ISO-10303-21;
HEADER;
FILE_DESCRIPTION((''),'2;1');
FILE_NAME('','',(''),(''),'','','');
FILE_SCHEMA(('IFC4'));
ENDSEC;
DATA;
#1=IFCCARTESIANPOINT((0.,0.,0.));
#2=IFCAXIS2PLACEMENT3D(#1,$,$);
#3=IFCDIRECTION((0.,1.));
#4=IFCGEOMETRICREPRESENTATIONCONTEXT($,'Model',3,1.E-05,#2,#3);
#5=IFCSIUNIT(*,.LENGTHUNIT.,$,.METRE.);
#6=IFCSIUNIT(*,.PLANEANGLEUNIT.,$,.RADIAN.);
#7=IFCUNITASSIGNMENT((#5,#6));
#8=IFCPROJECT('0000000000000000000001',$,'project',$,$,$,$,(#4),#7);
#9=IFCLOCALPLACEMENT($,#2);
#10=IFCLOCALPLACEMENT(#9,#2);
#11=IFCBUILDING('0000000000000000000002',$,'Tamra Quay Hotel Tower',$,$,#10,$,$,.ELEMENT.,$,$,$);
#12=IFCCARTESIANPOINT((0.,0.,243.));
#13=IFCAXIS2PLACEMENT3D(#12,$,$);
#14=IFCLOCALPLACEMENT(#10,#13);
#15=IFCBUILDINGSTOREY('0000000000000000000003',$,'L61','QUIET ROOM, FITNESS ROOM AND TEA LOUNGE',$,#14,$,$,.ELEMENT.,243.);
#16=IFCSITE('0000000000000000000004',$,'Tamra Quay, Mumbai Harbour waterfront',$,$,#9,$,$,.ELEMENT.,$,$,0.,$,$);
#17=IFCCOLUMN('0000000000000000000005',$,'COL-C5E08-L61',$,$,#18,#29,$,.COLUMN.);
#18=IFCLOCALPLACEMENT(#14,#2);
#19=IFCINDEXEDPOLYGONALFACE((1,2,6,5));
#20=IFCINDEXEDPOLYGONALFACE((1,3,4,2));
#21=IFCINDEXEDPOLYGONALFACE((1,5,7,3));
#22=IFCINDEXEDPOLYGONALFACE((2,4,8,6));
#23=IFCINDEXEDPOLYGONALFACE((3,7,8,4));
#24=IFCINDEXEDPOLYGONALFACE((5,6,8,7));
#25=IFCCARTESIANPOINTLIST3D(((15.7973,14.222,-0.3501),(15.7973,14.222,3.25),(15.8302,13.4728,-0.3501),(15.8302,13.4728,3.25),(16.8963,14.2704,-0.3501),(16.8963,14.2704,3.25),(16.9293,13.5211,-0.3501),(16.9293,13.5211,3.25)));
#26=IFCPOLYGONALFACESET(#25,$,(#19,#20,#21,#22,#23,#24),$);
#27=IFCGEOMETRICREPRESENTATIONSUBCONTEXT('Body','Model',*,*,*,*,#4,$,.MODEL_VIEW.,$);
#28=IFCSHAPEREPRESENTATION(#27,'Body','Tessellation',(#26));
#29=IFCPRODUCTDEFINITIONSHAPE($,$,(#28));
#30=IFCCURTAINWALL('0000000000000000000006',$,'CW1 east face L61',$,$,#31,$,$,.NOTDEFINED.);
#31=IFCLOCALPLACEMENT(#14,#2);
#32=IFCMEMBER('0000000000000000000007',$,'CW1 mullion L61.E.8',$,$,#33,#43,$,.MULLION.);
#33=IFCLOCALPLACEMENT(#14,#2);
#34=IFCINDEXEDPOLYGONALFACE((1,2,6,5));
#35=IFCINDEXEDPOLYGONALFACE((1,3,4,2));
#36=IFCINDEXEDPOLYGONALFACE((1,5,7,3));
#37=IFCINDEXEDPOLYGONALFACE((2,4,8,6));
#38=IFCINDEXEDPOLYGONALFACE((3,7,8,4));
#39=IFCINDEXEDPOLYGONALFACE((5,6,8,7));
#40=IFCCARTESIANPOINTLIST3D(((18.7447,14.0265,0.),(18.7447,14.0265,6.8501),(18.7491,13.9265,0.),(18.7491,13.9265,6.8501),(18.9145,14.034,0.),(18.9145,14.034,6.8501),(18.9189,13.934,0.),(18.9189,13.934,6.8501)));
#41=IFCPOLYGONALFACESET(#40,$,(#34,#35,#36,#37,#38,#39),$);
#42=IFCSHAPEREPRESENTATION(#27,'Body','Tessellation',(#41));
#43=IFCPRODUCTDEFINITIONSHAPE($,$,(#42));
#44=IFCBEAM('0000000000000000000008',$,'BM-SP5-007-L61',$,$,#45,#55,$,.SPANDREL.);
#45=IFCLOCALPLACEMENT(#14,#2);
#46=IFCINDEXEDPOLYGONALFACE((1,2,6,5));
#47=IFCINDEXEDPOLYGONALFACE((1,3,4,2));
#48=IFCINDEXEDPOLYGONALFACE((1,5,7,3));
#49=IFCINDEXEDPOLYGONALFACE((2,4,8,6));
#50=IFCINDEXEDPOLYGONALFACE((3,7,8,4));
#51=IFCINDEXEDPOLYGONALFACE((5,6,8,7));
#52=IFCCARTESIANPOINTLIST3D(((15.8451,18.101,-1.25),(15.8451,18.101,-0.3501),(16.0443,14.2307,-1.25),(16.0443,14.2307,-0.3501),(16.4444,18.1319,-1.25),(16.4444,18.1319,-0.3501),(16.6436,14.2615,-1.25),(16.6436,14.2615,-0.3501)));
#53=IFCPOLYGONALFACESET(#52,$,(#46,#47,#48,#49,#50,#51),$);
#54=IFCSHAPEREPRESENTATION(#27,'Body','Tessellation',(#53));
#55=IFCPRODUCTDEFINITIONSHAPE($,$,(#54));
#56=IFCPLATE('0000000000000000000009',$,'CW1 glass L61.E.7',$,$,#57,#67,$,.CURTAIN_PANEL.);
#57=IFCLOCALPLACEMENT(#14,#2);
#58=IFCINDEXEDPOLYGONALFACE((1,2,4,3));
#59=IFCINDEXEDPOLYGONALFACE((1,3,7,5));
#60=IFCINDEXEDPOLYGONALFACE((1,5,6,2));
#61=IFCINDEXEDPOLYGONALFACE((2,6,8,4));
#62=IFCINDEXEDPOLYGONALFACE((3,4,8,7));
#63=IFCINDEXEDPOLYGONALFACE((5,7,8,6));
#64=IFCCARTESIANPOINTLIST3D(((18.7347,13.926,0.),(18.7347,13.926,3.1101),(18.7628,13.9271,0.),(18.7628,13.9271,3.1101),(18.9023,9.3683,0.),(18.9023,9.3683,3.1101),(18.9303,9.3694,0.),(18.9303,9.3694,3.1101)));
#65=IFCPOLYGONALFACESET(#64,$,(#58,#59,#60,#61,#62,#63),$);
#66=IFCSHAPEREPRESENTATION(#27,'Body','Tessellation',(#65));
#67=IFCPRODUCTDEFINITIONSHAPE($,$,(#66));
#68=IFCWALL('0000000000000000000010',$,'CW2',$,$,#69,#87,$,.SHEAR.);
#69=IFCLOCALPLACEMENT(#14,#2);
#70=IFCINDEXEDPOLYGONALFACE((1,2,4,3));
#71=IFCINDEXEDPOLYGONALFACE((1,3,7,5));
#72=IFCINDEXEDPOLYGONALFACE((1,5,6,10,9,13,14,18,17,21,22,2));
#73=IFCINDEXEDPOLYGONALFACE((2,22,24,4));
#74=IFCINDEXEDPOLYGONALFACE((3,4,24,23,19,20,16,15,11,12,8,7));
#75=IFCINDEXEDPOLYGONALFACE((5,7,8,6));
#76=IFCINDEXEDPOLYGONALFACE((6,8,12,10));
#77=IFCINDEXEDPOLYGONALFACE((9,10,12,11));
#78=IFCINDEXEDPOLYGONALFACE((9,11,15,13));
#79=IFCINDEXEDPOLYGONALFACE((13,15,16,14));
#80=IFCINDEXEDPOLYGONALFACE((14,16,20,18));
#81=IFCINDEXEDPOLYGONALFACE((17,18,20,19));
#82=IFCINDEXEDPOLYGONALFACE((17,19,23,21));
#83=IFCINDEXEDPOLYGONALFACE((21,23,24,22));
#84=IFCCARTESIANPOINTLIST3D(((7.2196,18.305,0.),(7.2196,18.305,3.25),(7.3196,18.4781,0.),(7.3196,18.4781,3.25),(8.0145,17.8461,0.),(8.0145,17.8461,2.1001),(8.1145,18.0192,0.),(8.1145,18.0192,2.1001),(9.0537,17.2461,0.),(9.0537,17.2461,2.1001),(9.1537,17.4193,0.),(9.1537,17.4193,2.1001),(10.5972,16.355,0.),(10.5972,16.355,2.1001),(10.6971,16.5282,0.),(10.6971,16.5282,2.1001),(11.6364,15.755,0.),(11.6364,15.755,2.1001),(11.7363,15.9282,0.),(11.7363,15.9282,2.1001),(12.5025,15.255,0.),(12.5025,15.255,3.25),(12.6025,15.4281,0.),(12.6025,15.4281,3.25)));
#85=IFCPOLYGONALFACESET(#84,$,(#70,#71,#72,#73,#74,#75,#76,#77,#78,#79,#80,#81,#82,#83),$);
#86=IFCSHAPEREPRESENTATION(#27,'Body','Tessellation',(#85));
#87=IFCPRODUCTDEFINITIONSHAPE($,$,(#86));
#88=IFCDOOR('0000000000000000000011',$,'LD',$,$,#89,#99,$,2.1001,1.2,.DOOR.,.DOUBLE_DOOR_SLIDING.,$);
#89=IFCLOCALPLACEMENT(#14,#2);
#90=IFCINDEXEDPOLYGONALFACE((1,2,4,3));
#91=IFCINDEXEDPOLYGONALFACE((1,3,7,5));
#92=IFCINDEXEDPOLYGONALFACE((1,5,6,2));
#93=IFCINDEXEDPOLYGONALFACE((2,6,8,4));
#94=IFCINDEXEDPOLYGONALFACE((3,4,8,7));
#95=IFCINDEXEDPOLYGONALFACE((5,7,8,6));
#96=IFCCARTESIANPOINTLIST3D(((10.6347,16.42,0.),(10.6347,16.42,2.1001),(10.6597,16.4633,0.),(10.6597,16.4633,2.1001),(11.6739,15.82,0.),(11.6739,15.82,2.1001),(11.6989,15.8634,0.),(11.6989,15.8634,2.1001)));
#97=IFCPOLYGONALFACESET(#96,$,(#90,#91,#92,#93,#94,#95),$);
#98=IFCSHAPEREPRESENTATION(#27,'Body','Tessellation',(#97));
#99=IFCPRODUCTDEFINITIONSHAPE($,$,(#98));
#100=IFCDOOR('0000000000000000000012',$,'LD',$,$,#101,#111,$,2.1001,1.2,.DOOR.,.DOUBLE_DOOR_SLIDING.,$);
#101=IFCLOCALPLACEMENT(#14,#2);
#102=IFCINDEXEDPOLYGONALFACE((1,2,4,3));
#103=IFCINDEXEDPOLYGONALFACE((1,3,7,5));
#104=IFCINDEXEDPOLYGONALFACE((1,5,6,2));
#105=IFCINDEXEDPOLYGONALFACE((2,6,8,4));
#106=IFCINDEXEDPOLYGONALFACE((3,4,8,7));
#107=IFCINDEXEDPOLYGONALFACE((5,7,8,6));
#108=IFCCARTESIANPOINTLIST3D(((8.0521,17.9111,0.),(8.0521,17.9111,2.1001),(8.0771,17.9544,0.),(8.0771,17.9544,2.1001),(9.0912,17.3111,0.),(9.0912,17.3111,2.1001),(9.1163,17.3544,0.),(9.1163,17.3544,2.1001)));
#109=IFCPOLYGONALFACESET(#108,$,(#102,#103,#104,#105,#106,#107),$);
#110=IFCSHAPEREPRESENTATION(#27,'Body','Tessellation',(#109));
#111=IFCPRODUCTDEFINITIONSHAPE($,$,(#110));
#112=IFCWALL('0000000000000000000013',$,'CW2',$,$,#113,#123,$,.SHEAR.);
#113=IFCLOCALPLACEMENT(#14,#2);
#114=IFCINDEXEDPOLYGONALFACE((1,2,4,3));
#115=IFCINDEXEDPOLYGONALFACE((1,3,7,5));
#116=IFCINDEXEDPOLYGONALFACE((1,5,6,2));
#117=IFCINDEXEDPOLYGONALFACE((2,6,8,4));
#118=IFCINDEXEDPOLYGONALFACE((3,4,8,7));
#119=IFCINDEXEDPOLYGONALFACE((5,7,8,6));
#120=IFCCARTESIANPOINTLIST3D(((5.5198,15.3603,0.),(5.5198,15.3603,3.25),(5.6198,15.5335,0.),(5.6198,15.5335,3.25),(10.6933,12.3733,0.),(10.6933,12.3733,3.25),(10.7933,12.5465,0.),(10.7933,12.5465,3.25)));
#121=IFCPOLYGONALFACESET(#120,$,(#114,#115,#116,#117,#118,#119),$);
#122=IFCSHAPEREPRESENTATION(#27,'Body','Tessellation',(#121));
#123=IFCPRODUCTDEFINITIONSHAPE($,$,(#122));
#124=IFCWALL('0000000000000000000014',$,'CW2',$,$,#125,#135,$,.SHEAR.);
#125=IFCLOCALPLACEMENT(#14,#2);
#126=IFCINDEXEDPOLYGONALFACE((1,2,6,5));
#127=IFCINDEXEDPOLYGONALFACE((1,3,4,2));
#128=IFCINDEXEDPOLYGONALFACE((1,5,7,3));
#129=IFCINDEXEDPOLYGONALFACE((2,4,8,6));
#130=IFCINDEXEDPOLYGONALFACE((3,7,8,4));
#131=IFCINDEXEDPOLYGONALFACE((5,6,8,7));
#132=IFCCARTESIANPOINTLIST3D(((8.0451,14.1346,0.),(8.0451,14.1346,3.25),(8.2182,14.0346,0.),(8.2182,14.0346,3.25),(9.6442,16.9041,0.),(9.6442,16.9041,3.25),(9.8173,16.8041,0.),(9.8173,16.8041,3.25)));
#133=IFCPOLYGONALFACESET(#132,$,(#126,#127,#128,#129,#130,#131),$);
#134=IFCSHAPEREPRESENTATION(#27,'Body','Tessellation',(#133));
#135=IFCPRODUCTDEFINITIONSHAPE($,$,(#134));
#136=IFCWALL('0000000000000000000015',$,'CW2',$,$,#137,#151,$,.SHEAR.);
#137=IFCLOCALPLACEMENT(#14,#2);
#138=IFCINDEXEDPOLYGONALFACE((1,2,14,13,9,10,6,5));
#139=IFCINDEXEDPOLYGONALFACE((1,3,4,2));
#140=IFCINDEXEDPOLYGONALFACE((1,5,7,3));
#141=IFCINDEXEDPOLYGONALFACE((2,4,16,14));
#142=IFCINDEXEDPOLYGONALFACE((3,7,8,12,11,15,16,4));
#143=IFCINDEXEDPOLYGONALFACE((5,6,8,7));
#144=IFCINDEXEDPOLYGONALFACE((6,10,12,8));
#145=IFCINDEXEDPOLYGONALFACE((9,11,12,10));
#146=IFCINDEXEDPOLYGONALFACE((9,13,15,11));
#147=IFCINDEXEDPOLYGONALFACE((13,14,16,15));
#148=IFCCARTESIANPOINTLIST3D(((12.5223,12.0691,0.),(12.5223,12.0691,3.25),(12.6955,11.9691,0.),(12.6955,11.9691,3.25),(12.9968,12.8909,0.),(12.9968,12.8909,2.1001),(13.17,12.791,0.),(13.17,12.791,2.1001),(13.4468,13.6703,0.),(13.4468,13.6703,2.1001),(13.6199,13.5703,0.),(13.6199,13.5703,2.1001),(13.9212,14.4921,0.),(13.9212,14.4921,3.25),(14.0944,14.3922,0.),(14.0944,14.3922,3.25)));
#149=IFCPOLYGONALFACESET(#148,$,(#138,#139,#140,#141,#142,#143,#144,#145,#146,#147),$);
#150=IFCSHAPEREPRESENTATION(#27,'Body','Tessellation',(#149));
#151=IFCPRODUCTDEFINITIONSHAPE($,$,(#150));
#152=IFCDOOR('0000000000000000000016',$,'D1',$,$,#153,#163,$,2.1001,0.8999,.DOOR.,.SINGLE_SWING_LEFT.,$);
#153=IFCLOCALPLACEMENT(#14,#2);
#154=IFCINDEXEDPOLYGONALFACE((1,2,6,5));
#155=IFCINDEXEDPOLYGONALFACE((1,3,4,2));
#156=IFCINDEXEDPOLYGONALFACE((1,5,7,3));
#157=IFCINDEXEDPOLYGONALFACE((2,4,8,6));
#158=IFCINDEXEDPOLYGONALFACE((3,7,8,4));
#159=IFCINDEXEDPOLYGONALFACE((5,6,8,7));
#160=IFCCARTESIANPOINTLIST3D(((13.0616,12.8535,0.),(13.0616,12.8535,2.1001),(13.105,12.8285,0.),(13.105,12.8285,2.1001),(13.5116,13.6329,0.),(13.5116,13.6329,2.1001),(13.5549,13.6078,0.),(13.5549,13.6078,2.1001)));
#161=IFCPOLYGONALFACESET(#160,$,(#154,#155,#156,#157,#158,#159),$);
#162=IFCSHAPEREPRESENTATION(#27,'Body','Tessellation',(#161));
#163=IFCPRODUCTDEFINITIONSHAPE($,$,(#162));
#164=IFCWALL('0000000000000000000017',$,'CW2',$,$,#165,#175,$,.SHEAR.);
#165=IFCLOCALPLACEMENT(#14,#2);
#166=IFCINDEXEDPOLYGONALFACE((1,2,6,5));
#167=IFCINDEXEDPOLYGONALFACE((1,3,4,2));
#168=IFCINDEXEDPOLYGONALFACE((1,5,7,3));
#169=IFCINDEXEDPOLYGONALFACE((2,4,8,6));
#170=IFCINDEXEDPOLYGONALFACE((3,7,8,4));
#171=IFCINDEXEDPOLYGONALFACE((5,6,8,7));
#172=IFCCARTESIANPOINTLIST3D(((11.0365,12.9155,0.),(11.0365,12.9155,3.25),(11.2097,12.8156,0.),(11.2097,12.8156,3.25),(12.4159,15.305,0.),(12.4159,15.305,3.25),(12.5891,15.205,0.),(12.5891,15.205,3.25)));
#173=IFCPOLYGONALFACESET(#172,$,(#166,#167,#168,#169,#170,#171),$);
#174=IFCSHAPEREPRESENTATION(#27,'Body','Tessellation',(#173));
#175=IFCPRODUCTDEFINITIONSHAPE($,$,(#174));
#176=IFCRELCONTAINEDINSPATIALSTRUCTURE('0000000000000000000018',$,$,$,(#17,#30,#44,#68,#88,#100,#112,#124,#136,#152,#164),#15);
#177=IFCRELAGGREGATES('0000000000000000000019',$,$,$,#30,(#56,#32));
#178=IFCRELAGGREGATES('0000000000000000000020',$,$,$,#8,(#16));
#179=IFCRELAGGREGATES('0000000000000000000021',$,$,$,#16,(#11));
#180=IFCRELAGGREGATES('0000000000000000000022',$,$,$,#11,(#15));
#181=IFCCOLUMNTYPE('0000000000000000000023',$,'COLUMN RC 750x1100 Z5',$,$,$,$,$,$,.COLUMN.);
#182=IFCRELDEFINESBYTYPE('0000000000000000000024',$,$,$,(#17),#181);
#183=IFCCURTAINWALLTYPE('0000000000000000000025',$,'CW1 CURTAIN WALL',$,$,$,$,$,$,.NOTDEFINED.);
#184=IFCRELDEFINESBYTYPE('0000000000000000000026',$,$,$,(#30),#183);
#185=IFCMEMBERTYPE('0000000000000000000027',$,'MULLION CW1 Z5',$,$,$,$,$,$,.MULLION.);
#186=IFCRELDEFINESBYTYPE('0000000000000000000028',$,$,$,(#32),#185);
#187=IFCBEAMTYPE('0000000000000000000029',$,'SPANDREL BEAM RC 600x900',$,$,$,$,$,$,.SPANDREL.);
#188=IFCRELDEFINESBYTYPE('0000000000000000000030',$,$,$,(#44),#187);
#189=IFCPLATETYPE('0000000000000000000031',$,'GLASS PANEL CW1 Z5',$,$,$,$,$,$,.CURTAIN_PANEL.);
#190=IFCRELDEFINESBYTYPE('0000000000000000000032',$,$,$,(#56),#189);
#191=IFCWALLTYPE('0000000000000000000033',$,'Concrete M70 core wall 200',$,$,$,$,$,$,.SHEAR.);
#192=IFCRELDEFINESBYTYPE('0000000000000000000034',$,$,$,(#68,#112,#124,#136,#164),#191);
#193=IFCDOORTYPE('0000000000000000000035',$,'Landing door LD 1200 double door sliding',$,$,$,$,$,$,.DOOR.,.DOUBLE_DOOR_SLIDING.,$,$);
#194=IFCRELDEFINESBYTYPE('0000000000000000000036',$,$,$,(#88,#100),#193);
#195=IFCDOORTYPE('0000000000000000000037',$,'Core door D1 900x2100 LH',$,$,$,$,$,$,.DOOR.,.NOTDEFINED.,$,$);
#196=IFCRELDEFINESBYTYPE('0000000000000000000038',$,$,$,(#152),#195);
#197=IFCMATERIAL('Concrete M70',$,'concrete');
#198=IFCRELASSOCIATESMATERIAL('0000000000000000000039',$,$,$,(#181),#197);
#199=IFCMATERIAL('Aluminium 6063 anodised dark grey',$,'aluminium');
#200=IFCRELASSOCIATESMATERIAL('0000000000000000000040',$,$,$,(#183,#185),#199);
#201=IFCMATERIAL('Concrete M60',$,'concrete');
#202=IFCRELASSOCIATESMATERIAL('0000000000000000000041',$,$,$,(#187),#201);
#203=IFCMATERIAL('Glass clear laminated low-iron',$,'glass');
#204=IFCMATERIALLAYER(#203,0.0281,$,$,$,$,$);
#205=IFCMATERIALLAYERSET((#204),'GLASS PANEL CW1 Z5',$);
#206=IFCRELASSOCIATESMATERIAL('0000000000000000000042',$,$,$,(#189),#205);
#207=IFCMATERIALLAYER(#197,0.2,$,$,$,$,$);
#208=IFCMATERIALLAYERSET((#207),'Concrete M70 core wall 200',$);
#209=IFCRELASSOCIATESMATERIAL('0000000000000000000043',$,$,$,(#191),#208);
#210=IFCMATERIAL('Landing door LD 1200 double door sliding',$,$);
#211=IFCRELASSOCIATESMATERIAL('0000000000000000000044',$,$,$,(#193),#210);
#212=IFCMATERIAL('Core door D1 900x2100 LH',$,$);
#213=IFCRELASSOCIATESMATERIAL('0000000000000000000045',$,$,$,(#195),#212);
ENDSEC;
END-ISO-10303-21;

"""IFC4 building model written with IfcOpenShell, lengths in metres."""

from ifc_helpers import new_model, si_unit, direction, frame, frame_2d, origin, origin_2d, place, context, subcontext, project, spatial, rectangle, extrude, material, layer, layer_set, material_profile, profile_set, type_object, element, fill, aggregate, save


model = new_model("IFC4")

# Units and contexts
model_context = context("Model", 3, precision=1e-05, world=origin(), true_north=direction((0.0, 1.0)))
body_context = subcontext(model_context, "Body", "Model", "MODEL_VIEW")
ifc_project = project(units=[si_unit("LENGTHUNIT", "METRE"), si_unit("PLANEANGLEUNIT", "RADIAN")], contexts=[model_context])

# Site, building, storey
site_placement = place(None, origin())
site = spatial("IfcSite", under=ifc_project, at=site_placement, Name="Tamra Quay, Mumbai Harbour waterfront", CompositionType="ELEMENT", RefElevation=0.0)
building_placement = place(site_placement, origin())
building = spatial("IfcBuilding", under=site, at=building_placement, Name="Tamra Quay Hotel Tower", CompositionType="ELEMENT")
storey_placement = place(building_placement, frame((0.0, 0.0, 243.0)))
storey = spatial("IfcBuildingStorey", under=building, at=storey_placement, Name="L61", Description="QUIET ROOM, FITNESS ROOM AND TEA LOUNGE", CompositionType="ELEMENT", Elevation=243.0)

# Column
ifc_material_1 = material(Name="Concrete M70", Category="concrete")
ifc_material_profile_1 = material_profile(ifc_material_1, rectangle(XDim=1.1001, YDim=0.75, at=origin_2d()), Name="COLUMN RC 750x1100 Z5")
ifc_profile_set_1 = profile_set([ifc_material_profile_1], Name="Concrete M70")
column_type = type_object("IfcColumnType", Name="COLUMN RC 750x1100 Z5", PredefinedType="COLUMN", material=ifc_profile_set_1)
column_placement = place(storey_placement, frame((16.3633, 13.8716, -0.3501), z_axis=(0.0, 0.0, 1.0), x_axis=(0.999033, 0.043958, 0.0)))
element("IfcColumn", 1, at=column_placement, inside=storey, type_object=column_type, Name="COL-C5E08-L61", PredefinedType="COLUMN", context=body_context, shape_type="SweptSolid", body=[
    extrude(rectangle(XDim=1.1001, YDim=0.75, at=origin_2d()), origin(), (0.0, 0.0, 1.0), 3.6001),
])

# Curtain wall, member
ifc_material_2 = material(Name="Aluminium 6063 anodised dark grey", Category="aluminium")
curtain_wall_type = type_object("IfcCurtainWallType", Name="CW1 CURTAIN WALL", PredefinedType="NOTDEFINED", material=ifc_material_2)
curtain_wall_placement = place(storey_placement, origin())
curtain_wall = element("IfcCurtainWall", 2, at=curtain_wall_placement, inside=storey, type_object=curtain_wall_type, Name="CW1 east face L61", PredefinedType="NOTDEFINED")
ifc_material_profile_2 = material_profile(ifc_material_2, rectangle(XDim=0.1699, YDim=0.1001, at=origin_2d()), Name="MULLION 100X170")
ifc_profile_set_2 = profile_set([ifc_material_profile_2], Name="Aluminium 6063 anodised dark grey")
member_type = type_object("IfcMemberType", Name="MULLION CW1 Z5", PredefinedType="MULLION", material=ifc_profile_set_2)
member_placement = place(storey_placement, frame((18.8318, 13.9802, 0.0), z_axis=(0.0, 0.0, 1.0), x_axis=(0.999028, 0.044075, 0.0)))
member = element("IfcMember", 3, at=member_placement, type_object=member_type, Name="CW1 mullion L61.E.8", PredefinedType="MULLION", context=body_context, shape_type="SweptSolid", body=[
    extrude(rectangle(XDim=0.1699, YDim=0.1001, at=origin_2d()), origin(), (0.0, 0.0, 1.0), 6.8501),
])

# Beam
ifc_material_3 = material(Name="Concrete M60", Category="concrete")
ifc_material_profile_3 = material_profile(ifc_material_3, rectangle(XDim=0.6001, YDim=0.8999, at=origin_2d()), Name="SPANDREL BEAM RC 600x900")
ifc_profile_set_3 = profile_set([ifc_material_profile_3], Name="Concrete M60")
beam_type = type_object("IfcBeamType", Name="SPANDREL BEAM RC 600x900", PredefinedType="SPANDREL", material=ifc_profile_set_3)
beam_placement = place(storey_placement, frame((16.344, 14.2461, -0.8), z_axis=(-0.051405, 0.998678, 0.0), x_axis=(-0.998678, -0.051405, 0.0)))
element("IfcBeam", 4, at=beam_placement, inside=storey, type_object=beam_type, Name="BM-SP5-007-L61", PredefinedType="SPANDREL", context=body_context, shape_type="SweptSolid", body=[
    extrude(rectangle(XDim=0.6001, YDim=0.8999, at=origin_2d()), origin(), (0.0, 0.0, 1.0), 3.8755),
])

# Plate
ifc_material_4 = material(Name="Glass clear laminated low-iron", Category="glass")
ifc_layer_1 = layer(ifc_material_4, 0.0281)
ifc_layer_set_1 = layer_set([ifc_layer_1], Name="GLASS PANEL CW1 Z5")
plate_type = type_object("IfcPlateType", Name="GLASS PANEL CW1 Z5", PredefinedType="CURTAIN_PANEL", material=ifc_layer_set_1)
plate_placement = place(storey_placement, frame((18.8325, 11.6477, 0.0), z_axis=(0.0, 0.0, 1.0), x_axis=(-0.036744, 0.999325, 0.0)))
plate = element("IfcPlate", 5, at=plate_placement, type_object=plate_type, Name="CW1 glass L61.E.7", PredefinedType="CURTAIN_PANEL", context=body_context, shape_type="SweptSolid", body=[
    extrude(rectangle(XDim=4.5608, YDim=0.0281, at=origin_2d()), origin(), (0.0, 0.0, 1.0), 3.1101),
])
aggregate(curtain_wall, [plate, member])

# Wall, openings, doors
ifc_layer_2 = layer(ifc_material_1, 0.2)
ifc_layer_set_2 = layer_set([ifc_layer_2], Name="Concrete M70 core wall 200")
wall_type_1 = type_object("IfcWallType", Name="Concrete M70 core wall 200", PredefinedType="SHEAR", material=ifc_layer_set_2)
wall_1_placement = place(storey_placement, frame((12.5525, 15.3416, 0.0), z_axis=(0.0, 0.0, 1.0), x_axis=(-0.86603, 0.499992, 0.0)))
wall_1 = element("IfcWall", 6, at=wall_1_placement, inside=storey, type_object=wall_type_1, Name="CW2", PredefinedType="SHEAR", context=body_context, shape_type="SweptSolid", body=[
    extrude(rectangle(XDim=6.1001, YDim=0.2, at=frame_2d((3.05, 0.0))), origin(), (0.0, 0.0, 1.0), 3.25),
])
opening_1_placement = place(wall_1_placement, frame((1.0, 0.0, 0.0)))
opening_1 = element("IfcOpeningElement", 7, at=opening_1_placement, cuts=wall_1, PredefinedType="OPENING", context=body_context, shape_type="SweptSolid", body=[
    extrude(rectangle(XDim=1.2, YDim=2.1001, at=frame_2d((0.6001, 1.05))), frame((0.0, 0.1099, 0.0), z_axis=(0.0, -1.0, 0.0), x_axis=(1.0, 0.0, 0.0)), (0.0, 0.0, 1.0), 0.22),
])
opening_2_placement = place(wall_1_placement, frame((3.9822, 0.0, 0.0)))
opening_2 = element("IfcOpeningElement", 8, at=opening_2_placement, cuts=wall_1, PredefinedType="OPENING", context=body_context, shape_type="SweptSolid", body=[
    extrude(rectangle(XDim=1.2, YDim=2.1001, at=frame_2d((0.6001, 1.05))), frame((0.0, 0.1099, 0.0), z_axis=(0.0, -1.0, 0.0), x_axis=(1.0, 0.0, 0.0)), (0.0, 0.0, 1.0), 0.22),
])
ifc_material_5 = material(Name="Landing door LD 1200 double door sliding")
door_type_1 = type_object("IfcDoorType", Name="Landing door LD 1200 double door sliding", OperationType="DOUBLE_DOOR_SLIDING", PredefinedType="DOOR", material=ifc_material_5)
door_1_placement = place(opening_1_placement, origin())
door_1 = element("IfcDoor", 9, at=door_1_placement, inside=storey, type_object=door_type_1, Name="LD", OperationType="DOUBLE_DOOR_SLIDING", OverallHeight=2.1001, OverallWidth=1.2, PredefinedType="DOOR", context=body_context, shape_type="SweptSolid", body=[
    extrude(rectangle(XDim=1.2, YDim=2.1001, at=frame_2d((0.6001, 1.05))), frame((0.0, 0.0249, 0.0), z_axis=(0.0, -1.0, 0.0), x_axis=(1.0, 0.0, 0.0)), (0.0, 0.0, 1.0), 0.05),
])
fill(opening_1, door_1)
door_2_placement = place(opening_2_placement, origin())
door_2 = element("IfcDoor", 10, at=door_2_placement, inside=storey, type_object=door_type_1, Name="LD", OperationType="DOUBLE_DOOR_SLIDING", OverallHeight=2.1001, OverallWidth=1.2, PredefinedType="DOOR", context=body_context, shape_type="SweptSolid", body=[
    extrude(rectangle(XDim=1.2, YDim=2.1001, at=frame_2d((0.6001, 1.05))), frame((0.0, 0.0249, 0.0), z_axis=(0.0, -1.0, 0.0), x_axis=(1.0, 0.0, 0.0)), (0.0, 0.0, 1.0), 0.05),
])
fill(opening_2, door_2)

# Walls
wall_2_placement = place(storey_placement, frame((10.7432, 12.46, 0.0), z_axis=(0.0, 0.0, 1.0), x_axis=(-0.866019, 0.500011, 0.0)))
element("IfcWall", 11, at=wall_2_placement, inside=storey, type_object=wall_type_1, Name="CW2", PredefinedType="SHEAR", context=body_context, shape_type="SweptSolid", body=[
    extrude(rectangle(XDim=5.9739, YDim=0.2, at=frame_2d((2.9868, 0.0))), origin(), (0.0, 0.0, 1.0), 3.25),
])
wall_3_placement = place(storey_placement, frame((8.1316, 14.0845, 0.0), z_axis=(0.0, 0.0, 1.0), x_axis=(0.500031, 0.866008, 0.0)))
element("IfcWall", 12, at=wall_3_placement, inside=storey, type_object=wall_type_1, Name="CW2", PredefinedType="SHEAR", context=body_context, shape_type="SweptSolid", body=[
    extrude(rectangle(XDim=3.198, YDim=0.2, at=frame_2d((1.5991, 0.0))), origin(), (0.0, 0.0, 1.0), 3.25),
])

# Wall, opening, door
wall_4_placement = place(storey_placement, frame((14.0078, 14.4421, 0.0), z_axis=(0.0, 0.0, 1.0), x_axis=(-0.499987, -0.866033, 0.0)))
wall_4 = element("IfcWall", 13, at=wall_4_placement, inside=storey, type_object=wall_type_1, Name="CW2", PredefinedType="SHEAR", context=body_context, shape_type="SweptSolid", body=[
    extrude(rectangle(XDim=2.7979, YDim=0.2, at=frame_2d((1.3989, 0.0))), origin(), (0.0, 0.0, 1.0), 3.25),
])
opening_3_placement = place(wall_4_placement, frame((0.949, 0.0, 0.0)))
opening_3 = element("IfcOpeningElement", 14, at=opening_3_placement, cuts=wall_4, PredefinedType="OPENING", context=body_context, shape_type="SweptSolid", body=[
    extrude(rectangle(XDim=0.8999, YDim=2.1001, at=frame_2d((0.45, 1.05))), frame((0.0, 0.1099, 0.0), z_axis=(0.0, -1.0, 0.0), x_axis=(1.0, 0.0, 0.0)), (0.0, 0.0, 1.0), 0.22),
])
ifc_material_6 = material(Name="Core door D1 900x2100 LH")
door_type_2 = type_object("IfcDoorType", Name="Core door D1 900x2100 LH", OperationType="NOTDEFINED", PredefinedType="DOOR", material=ifc_material_6)
door_3_placement = place(opening_3_placement, origin())
door_3 = element("IfcDoor", 15, at=door_3_placement, inside=storey, type_object=door_type_2, Name="D1", OperationType="SINGLE_SWING_LEFT", OverallHeight=2.1001, OverallWidth=0.8999, PredefinedType="DOOR", context=body_context, shape_type="SweptSolid", body=[
    extrude(rectangle(XDim=0.8999, YDim=2.1001, at=frame_2d((0.45, 1.05))), frame((0.0, 0.0249, 0.0), z_axis=(0.0, -1.0, 0.0), x_axis=(1.0, 0.0, 0.0)), (0.0, 0.0, 1.0), 0.05),
])
fill(opening_3, door_3)

# Wall
wall_5_placement = place(storey_placement, frame((12.5024, 15.2549, 0.0), z_axis=(0.0, 0.0, 1.0), x_axis=(-0.499965, -0.866046, 0.0)))
element("IfcWall", 16, at=wall_5_placement, inside=storey, type_object=wall_type_1, Name="CW2", PredefinedType="SHEAR", context=body_context, shape_type="SweptSolid", body=[
    extrude(rectangle(XDim=2.759, YDim=0.2, at=frame_2d((1.3794, 0.0))), origin(), (0.0, 0.0, 1.0), 3.25),
])

save(model, "model.ifc")
